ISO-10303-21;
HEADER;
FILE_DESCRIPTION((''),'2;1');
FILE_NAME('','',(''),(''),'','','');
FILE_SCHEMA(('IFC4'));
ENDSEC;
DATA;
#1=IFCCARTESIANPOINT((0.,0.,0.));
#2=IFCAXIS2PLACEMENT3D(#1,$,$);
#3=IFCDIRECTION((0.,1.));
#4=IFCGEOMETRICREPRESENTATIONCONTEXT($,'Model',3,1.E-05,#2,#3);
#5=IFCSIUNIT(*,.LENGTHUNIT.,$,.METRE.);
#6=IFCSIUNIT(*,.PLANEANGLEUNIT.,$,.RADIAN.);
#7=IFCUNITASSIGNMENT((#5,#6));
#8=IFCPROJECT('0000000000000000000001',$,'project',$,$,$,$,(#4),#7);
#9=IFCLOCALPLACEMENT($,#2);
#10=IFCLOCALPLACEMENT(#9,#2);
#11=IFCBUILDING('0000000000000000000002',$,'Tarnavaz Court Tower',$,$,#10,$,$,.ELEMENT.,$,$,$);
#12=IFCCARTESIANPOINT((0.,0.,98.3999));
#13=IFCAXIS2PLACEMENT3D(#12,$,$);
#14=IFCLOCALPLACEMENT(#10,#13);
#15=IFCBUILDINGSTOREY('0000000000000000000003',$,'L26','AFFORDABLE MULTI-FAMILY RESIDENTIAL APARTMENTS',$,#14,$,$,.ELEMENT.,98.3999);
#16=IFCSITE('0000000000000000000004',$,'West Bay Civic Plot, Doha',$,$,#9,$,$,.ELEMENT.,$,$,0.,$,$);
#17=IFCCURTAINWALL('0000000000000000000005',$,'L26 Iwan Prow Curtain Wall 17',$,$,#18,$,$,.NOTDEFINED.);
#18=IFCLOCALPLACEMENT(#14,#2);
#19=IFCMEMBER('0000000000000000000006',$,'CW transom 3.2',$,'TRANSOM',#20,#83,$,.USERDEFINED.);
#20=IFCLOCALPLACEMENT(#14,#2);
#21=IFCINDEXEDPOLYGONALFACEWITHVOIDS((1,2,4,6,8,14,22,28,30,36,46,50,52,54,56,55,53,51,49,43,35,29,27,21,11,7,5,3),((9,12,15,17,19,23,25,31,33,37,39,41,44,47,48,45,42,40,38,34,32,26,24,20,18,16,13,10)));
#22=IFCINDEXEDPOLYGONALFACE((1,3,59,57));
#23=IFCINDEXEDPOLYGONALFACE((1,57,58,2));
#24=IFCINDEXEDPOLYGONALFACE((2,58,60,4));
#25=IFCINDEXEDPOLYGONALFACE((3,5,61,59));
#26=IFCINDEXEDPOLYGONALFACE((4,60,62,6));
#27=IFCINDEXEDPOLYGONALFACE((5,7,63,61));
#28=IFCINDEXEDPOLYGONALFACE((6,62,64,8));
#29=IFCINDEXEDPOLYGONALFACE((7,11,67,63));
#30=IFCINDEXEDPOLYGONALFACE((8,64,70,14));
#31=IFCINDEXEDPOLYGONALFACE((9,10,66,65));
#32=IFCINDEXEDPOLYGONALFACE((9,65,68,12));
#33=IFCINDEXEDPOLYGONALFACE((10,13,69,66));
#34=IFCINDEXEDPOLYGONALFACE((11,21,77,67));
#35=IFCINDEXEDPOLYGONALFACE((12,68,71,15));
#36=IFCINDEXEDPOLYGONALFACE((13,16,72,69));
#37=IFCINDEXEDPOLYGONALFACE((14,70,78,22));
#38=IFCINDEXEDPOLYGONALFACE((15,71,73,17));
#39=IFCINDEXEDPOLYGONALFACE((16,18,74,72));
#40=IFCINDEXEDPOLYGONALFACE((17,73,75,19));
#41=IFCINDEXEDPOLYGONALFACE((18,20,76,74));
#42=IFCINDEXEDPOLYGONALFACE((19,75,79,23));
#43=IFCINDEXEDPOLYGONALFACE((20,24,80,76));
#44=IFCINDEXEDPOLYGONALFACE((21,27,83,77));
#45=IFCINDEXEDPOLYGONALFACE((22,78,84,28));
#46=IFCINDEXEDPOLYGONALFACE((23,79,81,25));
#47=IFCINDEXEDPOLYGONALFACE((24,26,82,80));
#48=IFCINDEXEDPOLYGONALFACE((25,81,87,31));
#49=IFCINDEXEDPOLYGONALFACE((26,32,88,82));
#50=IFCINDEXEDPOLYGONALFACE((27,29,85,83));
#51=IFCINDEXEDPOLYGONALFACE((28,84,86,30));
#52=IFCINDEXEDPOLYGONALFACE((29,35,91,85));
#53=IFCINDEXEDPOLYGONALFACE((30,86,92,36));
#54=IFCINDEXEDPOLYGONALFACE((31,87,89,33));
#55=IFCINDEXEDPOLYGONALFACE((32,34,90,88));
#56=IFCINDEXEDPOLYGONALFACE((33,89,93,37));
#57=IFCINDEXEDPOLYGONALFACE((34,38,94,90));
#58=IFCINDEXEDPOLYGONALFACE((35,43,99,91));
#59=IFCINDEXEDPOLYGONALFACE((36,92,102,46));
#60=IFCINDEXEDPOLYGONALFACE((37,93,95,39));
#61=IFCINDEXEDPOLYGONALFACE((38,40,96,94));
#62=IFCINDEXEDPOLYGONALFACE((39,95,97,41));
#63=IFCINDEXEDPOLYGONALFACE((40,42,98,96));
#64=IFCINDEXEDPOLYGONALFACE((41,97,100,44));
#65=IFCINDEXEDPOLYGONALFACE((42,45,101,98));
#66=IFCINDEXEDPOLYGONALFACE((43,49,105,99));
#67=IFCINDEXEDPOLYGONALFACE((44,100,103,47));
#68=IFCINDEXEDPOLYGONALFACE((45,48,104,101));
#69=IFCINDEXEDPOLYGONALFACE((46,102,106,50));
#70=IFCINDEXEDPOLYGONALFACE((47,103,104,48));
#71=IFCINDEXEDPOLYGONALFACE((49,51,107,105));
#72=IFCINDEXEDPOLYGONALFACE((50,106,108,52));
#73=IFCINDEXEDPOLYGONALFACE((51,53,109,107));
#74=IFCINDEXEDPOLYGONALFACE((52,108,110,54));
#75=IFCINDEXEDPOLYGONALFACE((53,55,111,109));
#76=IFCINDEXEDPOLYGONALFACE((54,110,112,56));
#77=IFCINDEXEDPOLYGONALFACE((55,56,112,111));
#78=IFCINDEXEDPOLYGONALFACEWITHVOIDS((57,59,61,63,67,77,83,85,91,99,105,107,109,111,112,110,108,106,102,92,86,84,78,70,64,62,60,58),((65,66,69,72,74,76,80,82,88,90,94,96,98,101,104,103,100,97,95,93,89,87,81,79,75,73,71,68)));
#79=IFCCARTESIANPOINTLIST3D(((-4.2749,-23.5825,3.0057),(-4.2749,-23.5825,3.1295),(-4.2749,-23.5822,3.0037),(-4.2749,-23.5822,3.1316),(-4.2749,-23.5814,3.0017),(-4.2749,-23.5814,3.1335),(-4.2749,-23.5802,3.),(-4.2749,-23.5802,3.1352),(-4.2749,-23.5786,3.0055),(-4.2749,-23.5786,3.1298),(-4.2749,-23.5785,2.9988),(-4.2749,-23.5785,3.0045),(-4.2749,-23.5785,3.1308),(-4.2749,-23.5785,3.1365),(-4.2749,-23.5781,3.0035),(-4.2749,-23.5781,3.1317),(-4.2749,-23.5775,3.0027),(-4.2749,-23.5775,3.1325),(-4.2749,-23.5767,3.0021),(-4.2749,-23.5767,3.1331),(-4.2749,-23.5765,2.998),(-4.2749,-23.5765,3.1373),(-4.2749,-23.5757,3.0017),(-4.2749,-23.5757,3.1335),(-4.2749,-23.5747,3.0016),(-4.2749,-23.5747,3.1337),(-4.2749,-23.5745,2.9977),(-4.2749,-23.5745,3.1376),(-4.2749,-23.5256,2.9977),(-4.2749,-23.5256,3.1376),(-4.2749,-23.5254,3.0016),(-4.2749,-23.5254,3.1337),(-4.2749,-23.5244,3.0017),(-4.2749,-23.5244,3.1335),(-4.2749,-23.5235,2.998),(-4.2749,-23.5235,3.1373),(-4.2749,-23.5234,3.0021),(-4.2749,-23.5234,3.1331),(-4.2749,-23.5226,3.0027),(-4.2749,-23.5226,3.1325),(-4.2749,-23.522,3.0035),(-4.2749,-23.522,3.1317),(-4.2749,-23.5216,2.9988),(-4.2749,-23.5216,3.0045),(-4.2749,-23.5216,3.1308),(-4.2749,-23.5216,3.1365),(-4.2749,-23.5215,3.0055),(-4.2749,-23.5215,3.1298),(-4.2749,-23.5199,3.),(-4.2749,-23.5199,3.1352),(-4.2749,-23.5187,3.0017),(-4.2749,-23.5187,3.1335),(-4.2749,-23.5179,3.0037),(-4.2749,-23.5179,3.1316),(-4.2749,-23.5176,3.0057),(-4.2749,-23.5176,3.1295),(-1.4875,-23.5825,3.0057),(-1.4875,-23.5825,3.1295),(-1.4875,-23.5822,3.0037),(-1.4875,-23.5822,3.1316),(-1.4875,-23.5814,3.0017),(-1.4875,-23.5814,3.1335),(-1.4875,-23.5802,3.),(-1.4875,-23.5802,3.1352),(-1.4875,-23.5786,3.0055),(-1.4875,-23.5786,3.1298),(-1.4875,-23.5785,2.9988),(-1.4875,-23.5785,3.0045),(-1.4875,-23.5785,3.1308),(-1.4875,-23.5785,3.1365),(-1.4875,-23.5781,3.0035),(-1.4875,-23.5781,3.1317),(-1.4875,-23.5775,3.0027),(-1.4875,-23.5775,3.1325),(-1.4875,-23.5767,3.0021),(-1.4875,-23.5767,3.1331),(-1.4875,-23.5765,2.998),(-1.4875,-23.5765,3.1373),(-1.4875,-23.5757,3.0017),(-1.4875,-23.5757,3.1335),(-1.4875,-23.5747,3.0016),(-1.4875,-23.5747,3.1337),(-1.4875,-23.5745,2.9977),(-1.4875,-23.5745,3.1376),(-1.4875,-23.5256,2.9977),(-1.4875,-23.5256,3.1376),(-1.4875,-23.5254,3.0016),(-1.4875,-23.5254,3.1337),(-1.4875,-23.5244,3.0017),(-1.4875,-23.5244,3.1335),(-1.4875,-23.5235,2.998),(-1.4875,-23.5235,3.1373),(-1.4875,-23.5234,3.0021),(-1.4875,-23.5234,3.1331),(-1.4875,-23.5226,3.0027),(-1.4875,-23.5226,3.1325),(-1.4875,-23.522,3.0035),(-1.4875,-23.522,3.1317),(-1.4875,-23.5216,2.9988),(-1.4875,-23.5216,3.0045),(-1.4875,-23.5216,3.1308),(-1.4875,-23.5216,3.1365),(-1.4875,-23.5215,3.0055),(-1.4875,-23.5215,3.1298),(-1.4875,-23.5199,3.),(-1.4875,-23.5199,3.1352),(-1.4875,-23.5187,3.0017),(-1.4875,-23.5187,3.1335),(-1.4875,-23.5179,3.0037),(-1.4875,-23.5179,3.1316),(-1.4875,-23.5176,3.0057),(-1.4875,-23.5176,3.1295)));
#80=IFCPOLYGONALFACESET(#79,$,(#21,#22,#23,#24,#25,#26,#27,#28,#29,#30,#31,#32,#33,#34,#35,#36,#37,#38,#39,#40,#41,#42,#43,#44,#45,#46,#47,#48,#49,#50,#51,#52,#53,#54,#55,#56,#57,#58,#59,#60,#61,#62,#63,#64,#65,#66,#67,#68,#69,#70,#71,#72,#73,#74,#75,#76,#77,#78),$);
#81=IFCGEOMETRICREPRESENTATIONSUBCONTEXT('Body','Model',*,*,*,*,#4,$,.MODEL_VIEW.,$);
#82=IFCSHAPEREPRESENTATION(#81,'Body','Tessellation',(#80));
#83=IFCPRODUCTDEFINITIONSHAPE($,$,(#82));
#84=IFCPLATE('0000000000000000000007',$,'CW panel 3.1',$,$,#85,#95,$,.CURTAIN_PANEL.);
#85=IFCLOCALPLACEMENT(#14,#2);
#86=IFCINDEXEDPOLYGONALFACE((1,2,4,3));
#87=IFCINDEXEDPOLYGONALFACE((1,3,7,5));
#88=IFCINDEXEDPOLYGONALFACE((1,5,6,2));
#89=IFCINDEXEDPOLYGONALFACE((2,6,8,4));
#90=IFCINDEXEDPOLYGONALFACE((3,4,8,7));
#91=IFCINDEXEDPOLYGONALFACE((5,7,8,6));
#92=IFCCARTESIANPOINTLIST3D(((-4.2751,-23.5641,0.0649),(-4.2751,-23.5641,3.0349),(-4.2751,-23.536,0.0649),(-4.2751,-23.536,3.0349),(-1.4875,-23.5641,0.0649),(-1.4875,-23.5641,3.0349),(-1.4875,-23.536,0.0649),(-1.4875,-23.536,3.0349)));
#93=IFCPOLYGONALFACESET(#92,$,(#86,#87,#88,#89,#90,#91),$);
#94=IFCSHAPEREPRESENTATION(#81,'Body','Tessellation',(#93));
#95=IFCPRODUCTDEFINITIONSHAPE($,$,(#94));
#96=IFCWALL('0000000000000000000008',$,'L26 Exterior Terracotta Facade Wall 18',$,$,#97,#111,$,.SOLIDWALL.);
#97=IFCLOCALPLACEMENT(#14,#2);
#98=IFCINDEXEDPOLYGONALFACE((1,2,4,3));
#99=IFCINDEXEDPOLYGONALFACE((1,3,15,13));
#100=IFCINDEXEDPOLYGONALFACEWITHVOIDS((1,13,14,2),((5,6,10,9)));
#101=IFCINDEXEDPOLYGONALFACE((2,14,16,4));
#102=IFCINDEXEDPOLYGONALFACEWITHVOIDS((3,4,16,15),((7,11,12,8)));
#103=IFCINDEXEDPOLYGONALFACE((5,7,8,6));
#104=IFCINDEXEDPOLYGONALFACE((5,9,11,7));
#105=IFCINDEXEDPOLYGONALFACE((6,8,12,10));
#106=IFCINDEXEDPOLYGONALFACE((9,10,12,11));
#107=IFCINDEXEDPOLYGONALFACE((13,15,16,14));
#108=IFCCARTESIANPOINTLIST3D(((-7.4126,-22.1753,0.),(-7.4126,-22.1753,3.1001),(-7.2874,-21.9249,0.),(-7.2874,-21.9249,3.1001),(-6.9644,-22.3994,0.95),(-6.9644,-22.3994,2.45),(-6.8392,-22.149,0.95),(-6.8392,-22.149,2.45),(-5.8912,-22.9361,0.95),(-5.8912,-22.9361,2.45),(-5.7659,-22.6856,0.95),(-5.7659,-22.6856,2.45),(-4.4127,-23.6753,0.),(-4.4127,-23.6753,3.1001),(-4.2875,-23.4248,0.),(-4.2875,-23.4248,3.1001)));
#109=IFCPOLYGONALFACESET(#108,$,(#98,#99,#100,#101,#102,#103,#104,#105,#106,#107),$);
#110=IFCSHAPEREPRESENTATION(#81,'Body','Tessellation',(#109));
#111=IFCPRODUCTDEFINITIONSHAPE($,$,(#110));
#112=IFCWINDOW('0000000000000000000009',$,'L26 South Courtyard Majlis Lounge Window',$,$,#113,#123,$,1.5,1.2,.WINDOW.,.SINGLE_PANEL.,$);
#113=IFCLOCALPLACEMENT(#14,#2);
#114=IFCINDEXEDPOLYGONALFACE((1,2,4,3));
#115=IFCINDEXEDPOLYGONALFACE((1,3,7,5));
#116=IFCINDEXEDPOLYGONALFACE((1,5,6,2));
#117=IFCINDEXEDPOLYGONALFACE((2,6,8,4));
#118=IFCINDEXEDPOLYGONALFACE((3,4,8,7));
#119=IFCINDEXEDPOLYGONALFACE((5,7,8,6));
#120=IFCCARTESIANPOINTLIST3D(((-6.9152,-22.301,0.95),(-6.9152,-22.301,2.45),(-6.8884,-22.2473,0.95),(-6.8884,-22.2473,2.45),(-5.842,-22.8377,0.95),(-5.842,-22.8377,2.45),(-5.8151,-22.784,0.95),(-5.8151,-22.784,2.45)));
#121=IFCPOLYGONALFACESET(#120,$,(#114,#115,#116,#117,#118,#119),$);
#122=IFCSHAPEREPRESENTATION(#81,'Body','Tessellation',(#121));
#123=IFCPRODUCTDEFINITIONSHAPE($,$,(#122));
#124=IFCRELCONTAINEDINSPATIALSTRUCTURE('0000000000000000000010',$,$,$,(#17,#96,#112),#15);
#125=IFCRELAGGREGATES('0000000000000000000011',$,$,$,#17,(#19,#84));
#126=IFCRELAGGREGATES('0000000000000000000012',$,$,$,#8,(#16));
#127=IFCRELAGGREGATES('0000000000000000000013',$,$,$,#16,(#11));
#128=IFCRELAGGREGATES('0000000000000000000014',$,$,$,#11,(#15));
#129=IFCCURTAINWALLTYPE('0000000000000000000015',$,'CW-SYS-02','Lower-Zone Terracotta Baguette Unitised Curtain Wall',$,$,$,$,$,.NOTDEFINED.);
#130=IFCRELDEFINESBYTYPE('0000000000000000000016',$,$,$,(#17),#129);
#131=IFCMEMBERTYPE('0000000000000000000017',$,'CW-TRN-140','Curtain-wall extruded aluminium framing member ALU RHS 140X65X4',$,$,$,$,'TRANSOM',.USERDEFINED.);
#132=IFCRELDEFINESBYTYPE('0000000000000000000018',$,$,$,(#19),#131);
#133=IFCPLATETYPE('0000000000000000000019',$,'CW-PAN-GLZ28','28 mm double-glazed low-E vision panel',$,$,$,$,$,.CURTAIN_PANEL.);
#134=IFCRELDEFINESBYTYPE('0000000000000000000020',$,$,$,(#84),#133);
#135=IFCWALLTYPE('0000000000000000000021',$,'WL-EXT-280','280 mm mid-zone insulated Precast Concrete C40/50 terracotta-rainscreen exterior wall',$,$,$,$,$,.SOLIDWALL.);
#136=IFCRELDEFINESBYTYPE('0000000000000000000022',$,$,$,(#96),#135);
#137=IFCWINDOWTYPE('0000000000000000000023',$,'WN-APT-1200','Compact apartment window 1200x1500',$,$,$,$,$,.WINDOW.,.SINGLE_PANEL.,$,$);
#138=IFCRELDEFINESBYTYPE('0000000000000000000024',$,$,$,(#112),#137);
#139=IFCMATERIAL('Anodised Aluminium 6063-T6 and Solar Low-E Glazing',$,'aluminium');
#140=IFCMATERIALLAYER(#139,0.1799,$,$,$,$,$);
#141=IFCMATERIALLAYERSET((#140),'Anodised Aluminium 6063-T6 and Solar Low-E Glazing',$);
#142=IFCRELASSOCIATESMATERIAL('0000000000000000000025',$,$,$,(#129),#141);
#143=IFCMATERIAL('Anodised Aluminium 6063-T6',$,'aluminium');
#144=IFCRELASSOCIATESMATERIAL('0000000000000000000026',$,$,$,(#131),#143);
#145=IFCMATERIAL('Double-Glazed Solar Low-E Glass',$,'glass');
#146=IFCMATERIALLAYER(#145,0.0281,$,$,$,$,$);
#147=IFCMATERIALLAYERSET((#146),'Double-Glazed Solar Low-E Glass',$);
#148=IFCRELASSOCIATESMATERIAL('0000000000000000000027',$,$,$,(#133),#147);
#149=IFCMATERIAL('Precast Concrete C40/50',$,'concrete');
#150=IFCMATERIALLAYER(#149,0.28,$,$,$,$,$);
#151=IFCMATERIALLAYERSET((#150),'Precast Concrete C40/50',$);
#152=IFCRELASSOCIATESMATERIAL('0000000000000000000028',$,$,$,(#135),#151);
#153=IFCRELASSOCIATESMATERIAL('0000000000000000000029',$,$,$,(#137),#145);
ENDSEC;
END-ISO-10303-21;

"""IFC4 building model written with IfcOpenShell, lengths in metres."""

from ifc_helpers import new_model, si_unit, direction, frame, frame_2d, origin, origin_2d, place, context, subcontext, project, spatial, rectangle, hollow_rectangle, extrude, material, layer, layer_set, material_profile, profile_set, type_object, element, fill, aggregate, save


model = new_model("IFC4")

# Units and contexts
model_context = context("Model", 3, precision=1e-05, world=origin(), true_north=direction((0.0, 1.0)))
body_context = subcontext(model_context, "Body", "Model", "MODEL_VIEW")
ifc_project = project(units=[si_unit("LENGTHUNIT", "METRE"), si_unit("PLANEANGLEUNIT", "RADIAN")], contexts=[model_context])

# Site, building, storey
site_placement = place(None, origin())
site = spatial("IfcSite", under=ifc_project, at=site_placement, Name="West Bay Civic Plot, Doha", CompositionType="ELEMENT", RefElevation=0.0)
building_placement = place(site_placement, origin())
building = spatial("IfcBuilding", under=site, at=building_placement, Name="Tarnavaz Court Tower", CompositionType="ELEMENT")
storey_placement = place(building_placement, frame((0.0, 0.0, 98.3999)))
storey = spatial("IfcBuildingStorey", under=building, at=storey_placement, Name="L26", Description="AFFORDABLE MULTI-FAMILY RESIDENTIAL APARTMENTS", CompositionType="ELEMENT", Elevation=98.3999)

# Curtain wall, member, plate
ifc_material_1 = material(Name="Anodised Aluminium 6063-T6 and Solar Low-E Glazing", Category="aluminium")
ifc_layer_1 = layer(ifc_material_1, 0.1799)
ifc_layer_set_1 = layer_set([ifc_layer_1], Name="Anodised Aluminium 6063-T6 and Solar Low-E Glazing")
curtain_wall_type = type_object("IfcCurtainWallType", Name="CW-SYS-02", Description="Lower-Zone Terracotta Baguette Unitised Curtain Wall", PredefinedType="NOTDEFINED", material=ifc_layer_set_1)
curtain_wall_placement = place(storey_placement, origin())
curtain_wall = element("IfcCurtainWall", 1, at=curtain_wall_placement, inside=storey, type_object=curtain_wall_type, Name="L26 Iwan Prow Curtain Wall 17", PredefinedType="NOTDEFINED")
ifc_material_2 = material(Name="Anodised Aluminium 6063-T6", Category="aluminium")
ifc_material_profile_1 = material_profile(ifc_material_2, hollow_rectangle(XDim=0.0649, YDim=0.1399, WallThickness=0.0039, InnerFilletRadius=0.0039, OuterFilletRadius=0.0081, at=origin_2d()), Name="ALU RHS 140X65X4")
ifc_profile_set_1 = profile_set([ifc_material_profile_1], Name="Anodised Aluminium 6063-T6")
member_type_1 = type_object("IfcMemberType", Name="CW-TRN-140", Description="Curtain-wall extruded aluminium framing member ALU RHS 140X65X4", ElementType="TRANSOM", PredefinedType="USERDEFINED", material=ifc_profile_set_1)
member_1_placement = place(storey_placement, frame((-1.4875, -23.55, 3.0676), z_axis=(-1.0, 0.0, 0.0), x_axis=(0.0, -1.0, 0.0)))
member_1 = element("IfcMember", 2, at=member_1_placement, type_object=member_type_1, Name="CW transom 3.2", ObjectType="TRANSOM", PredefinedType="USERDEFINED", context=body_context, shape_type="SweptSolid", body=[
    extrude(hollow_rectangle(XDim=0.0649, YDim=0.1399, WallThickness=0.0039, InnerFilletRadius=0.0039, OuterFilletRadius=0.0081, at=origin_2d()), origin(), (0.0, 0.0, 1.0), 2.7874),
])
ifc_material_3 = material(Name="Double-Glazed Solar Low-E Glass", Category="glass")
ifc_layer_2 = layer(ifc_material_3, 0.0281)
ifc_layer_set_2 = layer_set([ifc_layer_2], Name="Double-Glazed Solar Low-E Glass")
plate_type = type_object("IfcPlateType", Name="CW-PAN-GLZ28", Description="28 mm double-glazed low-E vision panel", PredefinedType="CURTAIN_PANEL", material=ifc_layer_set_2)
plate_placement = place(storey_placement, frame((-2.8813, -23.55, 0.0649), z_axis=(0.0, 0.0, 1.0), x_axis=(-1.0, 0.0, 0.0)))
plate = element("IfcPlate", 3, at=plate_placement, type_object=plate_type, Name="CW panel 3.1", PredefinedType="CURTAIN_PANEL", context=body_context, shape_type="SweptSolid", body=[
    extrude(rectangle(XDim=2.7876, YDim=0.0281, at=origin_2d()), origin(), (0.0, 0.0, 1.0), 2.97),
])
aggregate(curtain_wall, [member_1, plate])

# Wall, opening, window
ifc_material_4 = material(Name="Precast Concrete C40/50", Category="concrete")
ifc_layer_3 = layer(ifc_material_4, 0.28)
ifc_layer_set_3 = layer_set([ifc_layer_3], Name="Precast Concrete C40/50")
wall_type_1 = type_object("IfcWallType", Name="WL-EXT-280", Description="280 mm mid-zone insulated Precast Concrete C40/50 terracotta-rainscreen exterior wall", PredefinedType="SOLIDWALL", material=ifc_layer_set_3)
wall_1_placement = place(storey_placement, frame((-4.3501, -23.55, 0.0), z_axis=(0.0, 0.0, 1.0), x_axis=(-0.894427, 0.447214, 0.0)))
wall_1 = element("IfcWall", 4, at=wall_1_placement, inside=storey, type_object=wall_type_1, Name="L26 Exterior Terracotta Facade Wall 18", PredefinedType="SOLIDWALL", context=body_context, shape_type="SweptSolid", body=[
    extrude(rectangle(XDim=3.354, YDim=0.28, at=frame_2d((1.677, 0.0))), origin(), (0.0, 0.0, 1.0), 3.1001),
])
opening_1_placement = place(wall_1_placement, frame((1.6528, 0.0, 0.95)))
opening_1 = element("IfcOpeningElement", 5, at=opening_1_placement, cuts=wall_1, PredefinedType="OPENING", context=body_context, shape_type="SweptSolid", body=[
    extrude(rectangle(XDim=1.2, YDim=1.5, at=frame_2d((0.6001, 0.75))), frame((0.0, 0.1499, 0.0), z_axis=(0.0, -1.0, 0.0), x_axis=(1.0, 0.0, 0.0)), (0.0, 0.0, 1.0), 0.3),
])
window_type_1 = type_object("IfcWindowType", Name="WN-APT-1200", Description="Compact apartment window 1200x1500", PartitioningType="SINGLE_PANEL", PredefinedType="WINDOW", material=ifc_material_3)
window_1_placement = place(opening_1_placement, origin())
window_1 = element("IfcWindow", 6, at=window_1_placement, inside=storey, type_object=window_type_1, Name="L26 South Courtyard Majlis Lounge Window", OverallHeight=1.5, OverallWidth=1.2, PartitioningType="SINGLE_PANEL", PredefinedType="WINDOW", context=body_context, shape_type="SweptSolid", body=[
    extrude(rectangle(XDim=1.2, YDim=1.5, at=frame_2d((0.6001, 0.75))), frame((0.0, 0.03, 0.0), z_axis=(0.0, -1.0, 0.0), x_axis=(1.0, 0.0, 0.0)), (0.0, 0.0, 1.0), 0.0601),
])
fill(opening_1, window_1)

save(model, "model.ifc")
